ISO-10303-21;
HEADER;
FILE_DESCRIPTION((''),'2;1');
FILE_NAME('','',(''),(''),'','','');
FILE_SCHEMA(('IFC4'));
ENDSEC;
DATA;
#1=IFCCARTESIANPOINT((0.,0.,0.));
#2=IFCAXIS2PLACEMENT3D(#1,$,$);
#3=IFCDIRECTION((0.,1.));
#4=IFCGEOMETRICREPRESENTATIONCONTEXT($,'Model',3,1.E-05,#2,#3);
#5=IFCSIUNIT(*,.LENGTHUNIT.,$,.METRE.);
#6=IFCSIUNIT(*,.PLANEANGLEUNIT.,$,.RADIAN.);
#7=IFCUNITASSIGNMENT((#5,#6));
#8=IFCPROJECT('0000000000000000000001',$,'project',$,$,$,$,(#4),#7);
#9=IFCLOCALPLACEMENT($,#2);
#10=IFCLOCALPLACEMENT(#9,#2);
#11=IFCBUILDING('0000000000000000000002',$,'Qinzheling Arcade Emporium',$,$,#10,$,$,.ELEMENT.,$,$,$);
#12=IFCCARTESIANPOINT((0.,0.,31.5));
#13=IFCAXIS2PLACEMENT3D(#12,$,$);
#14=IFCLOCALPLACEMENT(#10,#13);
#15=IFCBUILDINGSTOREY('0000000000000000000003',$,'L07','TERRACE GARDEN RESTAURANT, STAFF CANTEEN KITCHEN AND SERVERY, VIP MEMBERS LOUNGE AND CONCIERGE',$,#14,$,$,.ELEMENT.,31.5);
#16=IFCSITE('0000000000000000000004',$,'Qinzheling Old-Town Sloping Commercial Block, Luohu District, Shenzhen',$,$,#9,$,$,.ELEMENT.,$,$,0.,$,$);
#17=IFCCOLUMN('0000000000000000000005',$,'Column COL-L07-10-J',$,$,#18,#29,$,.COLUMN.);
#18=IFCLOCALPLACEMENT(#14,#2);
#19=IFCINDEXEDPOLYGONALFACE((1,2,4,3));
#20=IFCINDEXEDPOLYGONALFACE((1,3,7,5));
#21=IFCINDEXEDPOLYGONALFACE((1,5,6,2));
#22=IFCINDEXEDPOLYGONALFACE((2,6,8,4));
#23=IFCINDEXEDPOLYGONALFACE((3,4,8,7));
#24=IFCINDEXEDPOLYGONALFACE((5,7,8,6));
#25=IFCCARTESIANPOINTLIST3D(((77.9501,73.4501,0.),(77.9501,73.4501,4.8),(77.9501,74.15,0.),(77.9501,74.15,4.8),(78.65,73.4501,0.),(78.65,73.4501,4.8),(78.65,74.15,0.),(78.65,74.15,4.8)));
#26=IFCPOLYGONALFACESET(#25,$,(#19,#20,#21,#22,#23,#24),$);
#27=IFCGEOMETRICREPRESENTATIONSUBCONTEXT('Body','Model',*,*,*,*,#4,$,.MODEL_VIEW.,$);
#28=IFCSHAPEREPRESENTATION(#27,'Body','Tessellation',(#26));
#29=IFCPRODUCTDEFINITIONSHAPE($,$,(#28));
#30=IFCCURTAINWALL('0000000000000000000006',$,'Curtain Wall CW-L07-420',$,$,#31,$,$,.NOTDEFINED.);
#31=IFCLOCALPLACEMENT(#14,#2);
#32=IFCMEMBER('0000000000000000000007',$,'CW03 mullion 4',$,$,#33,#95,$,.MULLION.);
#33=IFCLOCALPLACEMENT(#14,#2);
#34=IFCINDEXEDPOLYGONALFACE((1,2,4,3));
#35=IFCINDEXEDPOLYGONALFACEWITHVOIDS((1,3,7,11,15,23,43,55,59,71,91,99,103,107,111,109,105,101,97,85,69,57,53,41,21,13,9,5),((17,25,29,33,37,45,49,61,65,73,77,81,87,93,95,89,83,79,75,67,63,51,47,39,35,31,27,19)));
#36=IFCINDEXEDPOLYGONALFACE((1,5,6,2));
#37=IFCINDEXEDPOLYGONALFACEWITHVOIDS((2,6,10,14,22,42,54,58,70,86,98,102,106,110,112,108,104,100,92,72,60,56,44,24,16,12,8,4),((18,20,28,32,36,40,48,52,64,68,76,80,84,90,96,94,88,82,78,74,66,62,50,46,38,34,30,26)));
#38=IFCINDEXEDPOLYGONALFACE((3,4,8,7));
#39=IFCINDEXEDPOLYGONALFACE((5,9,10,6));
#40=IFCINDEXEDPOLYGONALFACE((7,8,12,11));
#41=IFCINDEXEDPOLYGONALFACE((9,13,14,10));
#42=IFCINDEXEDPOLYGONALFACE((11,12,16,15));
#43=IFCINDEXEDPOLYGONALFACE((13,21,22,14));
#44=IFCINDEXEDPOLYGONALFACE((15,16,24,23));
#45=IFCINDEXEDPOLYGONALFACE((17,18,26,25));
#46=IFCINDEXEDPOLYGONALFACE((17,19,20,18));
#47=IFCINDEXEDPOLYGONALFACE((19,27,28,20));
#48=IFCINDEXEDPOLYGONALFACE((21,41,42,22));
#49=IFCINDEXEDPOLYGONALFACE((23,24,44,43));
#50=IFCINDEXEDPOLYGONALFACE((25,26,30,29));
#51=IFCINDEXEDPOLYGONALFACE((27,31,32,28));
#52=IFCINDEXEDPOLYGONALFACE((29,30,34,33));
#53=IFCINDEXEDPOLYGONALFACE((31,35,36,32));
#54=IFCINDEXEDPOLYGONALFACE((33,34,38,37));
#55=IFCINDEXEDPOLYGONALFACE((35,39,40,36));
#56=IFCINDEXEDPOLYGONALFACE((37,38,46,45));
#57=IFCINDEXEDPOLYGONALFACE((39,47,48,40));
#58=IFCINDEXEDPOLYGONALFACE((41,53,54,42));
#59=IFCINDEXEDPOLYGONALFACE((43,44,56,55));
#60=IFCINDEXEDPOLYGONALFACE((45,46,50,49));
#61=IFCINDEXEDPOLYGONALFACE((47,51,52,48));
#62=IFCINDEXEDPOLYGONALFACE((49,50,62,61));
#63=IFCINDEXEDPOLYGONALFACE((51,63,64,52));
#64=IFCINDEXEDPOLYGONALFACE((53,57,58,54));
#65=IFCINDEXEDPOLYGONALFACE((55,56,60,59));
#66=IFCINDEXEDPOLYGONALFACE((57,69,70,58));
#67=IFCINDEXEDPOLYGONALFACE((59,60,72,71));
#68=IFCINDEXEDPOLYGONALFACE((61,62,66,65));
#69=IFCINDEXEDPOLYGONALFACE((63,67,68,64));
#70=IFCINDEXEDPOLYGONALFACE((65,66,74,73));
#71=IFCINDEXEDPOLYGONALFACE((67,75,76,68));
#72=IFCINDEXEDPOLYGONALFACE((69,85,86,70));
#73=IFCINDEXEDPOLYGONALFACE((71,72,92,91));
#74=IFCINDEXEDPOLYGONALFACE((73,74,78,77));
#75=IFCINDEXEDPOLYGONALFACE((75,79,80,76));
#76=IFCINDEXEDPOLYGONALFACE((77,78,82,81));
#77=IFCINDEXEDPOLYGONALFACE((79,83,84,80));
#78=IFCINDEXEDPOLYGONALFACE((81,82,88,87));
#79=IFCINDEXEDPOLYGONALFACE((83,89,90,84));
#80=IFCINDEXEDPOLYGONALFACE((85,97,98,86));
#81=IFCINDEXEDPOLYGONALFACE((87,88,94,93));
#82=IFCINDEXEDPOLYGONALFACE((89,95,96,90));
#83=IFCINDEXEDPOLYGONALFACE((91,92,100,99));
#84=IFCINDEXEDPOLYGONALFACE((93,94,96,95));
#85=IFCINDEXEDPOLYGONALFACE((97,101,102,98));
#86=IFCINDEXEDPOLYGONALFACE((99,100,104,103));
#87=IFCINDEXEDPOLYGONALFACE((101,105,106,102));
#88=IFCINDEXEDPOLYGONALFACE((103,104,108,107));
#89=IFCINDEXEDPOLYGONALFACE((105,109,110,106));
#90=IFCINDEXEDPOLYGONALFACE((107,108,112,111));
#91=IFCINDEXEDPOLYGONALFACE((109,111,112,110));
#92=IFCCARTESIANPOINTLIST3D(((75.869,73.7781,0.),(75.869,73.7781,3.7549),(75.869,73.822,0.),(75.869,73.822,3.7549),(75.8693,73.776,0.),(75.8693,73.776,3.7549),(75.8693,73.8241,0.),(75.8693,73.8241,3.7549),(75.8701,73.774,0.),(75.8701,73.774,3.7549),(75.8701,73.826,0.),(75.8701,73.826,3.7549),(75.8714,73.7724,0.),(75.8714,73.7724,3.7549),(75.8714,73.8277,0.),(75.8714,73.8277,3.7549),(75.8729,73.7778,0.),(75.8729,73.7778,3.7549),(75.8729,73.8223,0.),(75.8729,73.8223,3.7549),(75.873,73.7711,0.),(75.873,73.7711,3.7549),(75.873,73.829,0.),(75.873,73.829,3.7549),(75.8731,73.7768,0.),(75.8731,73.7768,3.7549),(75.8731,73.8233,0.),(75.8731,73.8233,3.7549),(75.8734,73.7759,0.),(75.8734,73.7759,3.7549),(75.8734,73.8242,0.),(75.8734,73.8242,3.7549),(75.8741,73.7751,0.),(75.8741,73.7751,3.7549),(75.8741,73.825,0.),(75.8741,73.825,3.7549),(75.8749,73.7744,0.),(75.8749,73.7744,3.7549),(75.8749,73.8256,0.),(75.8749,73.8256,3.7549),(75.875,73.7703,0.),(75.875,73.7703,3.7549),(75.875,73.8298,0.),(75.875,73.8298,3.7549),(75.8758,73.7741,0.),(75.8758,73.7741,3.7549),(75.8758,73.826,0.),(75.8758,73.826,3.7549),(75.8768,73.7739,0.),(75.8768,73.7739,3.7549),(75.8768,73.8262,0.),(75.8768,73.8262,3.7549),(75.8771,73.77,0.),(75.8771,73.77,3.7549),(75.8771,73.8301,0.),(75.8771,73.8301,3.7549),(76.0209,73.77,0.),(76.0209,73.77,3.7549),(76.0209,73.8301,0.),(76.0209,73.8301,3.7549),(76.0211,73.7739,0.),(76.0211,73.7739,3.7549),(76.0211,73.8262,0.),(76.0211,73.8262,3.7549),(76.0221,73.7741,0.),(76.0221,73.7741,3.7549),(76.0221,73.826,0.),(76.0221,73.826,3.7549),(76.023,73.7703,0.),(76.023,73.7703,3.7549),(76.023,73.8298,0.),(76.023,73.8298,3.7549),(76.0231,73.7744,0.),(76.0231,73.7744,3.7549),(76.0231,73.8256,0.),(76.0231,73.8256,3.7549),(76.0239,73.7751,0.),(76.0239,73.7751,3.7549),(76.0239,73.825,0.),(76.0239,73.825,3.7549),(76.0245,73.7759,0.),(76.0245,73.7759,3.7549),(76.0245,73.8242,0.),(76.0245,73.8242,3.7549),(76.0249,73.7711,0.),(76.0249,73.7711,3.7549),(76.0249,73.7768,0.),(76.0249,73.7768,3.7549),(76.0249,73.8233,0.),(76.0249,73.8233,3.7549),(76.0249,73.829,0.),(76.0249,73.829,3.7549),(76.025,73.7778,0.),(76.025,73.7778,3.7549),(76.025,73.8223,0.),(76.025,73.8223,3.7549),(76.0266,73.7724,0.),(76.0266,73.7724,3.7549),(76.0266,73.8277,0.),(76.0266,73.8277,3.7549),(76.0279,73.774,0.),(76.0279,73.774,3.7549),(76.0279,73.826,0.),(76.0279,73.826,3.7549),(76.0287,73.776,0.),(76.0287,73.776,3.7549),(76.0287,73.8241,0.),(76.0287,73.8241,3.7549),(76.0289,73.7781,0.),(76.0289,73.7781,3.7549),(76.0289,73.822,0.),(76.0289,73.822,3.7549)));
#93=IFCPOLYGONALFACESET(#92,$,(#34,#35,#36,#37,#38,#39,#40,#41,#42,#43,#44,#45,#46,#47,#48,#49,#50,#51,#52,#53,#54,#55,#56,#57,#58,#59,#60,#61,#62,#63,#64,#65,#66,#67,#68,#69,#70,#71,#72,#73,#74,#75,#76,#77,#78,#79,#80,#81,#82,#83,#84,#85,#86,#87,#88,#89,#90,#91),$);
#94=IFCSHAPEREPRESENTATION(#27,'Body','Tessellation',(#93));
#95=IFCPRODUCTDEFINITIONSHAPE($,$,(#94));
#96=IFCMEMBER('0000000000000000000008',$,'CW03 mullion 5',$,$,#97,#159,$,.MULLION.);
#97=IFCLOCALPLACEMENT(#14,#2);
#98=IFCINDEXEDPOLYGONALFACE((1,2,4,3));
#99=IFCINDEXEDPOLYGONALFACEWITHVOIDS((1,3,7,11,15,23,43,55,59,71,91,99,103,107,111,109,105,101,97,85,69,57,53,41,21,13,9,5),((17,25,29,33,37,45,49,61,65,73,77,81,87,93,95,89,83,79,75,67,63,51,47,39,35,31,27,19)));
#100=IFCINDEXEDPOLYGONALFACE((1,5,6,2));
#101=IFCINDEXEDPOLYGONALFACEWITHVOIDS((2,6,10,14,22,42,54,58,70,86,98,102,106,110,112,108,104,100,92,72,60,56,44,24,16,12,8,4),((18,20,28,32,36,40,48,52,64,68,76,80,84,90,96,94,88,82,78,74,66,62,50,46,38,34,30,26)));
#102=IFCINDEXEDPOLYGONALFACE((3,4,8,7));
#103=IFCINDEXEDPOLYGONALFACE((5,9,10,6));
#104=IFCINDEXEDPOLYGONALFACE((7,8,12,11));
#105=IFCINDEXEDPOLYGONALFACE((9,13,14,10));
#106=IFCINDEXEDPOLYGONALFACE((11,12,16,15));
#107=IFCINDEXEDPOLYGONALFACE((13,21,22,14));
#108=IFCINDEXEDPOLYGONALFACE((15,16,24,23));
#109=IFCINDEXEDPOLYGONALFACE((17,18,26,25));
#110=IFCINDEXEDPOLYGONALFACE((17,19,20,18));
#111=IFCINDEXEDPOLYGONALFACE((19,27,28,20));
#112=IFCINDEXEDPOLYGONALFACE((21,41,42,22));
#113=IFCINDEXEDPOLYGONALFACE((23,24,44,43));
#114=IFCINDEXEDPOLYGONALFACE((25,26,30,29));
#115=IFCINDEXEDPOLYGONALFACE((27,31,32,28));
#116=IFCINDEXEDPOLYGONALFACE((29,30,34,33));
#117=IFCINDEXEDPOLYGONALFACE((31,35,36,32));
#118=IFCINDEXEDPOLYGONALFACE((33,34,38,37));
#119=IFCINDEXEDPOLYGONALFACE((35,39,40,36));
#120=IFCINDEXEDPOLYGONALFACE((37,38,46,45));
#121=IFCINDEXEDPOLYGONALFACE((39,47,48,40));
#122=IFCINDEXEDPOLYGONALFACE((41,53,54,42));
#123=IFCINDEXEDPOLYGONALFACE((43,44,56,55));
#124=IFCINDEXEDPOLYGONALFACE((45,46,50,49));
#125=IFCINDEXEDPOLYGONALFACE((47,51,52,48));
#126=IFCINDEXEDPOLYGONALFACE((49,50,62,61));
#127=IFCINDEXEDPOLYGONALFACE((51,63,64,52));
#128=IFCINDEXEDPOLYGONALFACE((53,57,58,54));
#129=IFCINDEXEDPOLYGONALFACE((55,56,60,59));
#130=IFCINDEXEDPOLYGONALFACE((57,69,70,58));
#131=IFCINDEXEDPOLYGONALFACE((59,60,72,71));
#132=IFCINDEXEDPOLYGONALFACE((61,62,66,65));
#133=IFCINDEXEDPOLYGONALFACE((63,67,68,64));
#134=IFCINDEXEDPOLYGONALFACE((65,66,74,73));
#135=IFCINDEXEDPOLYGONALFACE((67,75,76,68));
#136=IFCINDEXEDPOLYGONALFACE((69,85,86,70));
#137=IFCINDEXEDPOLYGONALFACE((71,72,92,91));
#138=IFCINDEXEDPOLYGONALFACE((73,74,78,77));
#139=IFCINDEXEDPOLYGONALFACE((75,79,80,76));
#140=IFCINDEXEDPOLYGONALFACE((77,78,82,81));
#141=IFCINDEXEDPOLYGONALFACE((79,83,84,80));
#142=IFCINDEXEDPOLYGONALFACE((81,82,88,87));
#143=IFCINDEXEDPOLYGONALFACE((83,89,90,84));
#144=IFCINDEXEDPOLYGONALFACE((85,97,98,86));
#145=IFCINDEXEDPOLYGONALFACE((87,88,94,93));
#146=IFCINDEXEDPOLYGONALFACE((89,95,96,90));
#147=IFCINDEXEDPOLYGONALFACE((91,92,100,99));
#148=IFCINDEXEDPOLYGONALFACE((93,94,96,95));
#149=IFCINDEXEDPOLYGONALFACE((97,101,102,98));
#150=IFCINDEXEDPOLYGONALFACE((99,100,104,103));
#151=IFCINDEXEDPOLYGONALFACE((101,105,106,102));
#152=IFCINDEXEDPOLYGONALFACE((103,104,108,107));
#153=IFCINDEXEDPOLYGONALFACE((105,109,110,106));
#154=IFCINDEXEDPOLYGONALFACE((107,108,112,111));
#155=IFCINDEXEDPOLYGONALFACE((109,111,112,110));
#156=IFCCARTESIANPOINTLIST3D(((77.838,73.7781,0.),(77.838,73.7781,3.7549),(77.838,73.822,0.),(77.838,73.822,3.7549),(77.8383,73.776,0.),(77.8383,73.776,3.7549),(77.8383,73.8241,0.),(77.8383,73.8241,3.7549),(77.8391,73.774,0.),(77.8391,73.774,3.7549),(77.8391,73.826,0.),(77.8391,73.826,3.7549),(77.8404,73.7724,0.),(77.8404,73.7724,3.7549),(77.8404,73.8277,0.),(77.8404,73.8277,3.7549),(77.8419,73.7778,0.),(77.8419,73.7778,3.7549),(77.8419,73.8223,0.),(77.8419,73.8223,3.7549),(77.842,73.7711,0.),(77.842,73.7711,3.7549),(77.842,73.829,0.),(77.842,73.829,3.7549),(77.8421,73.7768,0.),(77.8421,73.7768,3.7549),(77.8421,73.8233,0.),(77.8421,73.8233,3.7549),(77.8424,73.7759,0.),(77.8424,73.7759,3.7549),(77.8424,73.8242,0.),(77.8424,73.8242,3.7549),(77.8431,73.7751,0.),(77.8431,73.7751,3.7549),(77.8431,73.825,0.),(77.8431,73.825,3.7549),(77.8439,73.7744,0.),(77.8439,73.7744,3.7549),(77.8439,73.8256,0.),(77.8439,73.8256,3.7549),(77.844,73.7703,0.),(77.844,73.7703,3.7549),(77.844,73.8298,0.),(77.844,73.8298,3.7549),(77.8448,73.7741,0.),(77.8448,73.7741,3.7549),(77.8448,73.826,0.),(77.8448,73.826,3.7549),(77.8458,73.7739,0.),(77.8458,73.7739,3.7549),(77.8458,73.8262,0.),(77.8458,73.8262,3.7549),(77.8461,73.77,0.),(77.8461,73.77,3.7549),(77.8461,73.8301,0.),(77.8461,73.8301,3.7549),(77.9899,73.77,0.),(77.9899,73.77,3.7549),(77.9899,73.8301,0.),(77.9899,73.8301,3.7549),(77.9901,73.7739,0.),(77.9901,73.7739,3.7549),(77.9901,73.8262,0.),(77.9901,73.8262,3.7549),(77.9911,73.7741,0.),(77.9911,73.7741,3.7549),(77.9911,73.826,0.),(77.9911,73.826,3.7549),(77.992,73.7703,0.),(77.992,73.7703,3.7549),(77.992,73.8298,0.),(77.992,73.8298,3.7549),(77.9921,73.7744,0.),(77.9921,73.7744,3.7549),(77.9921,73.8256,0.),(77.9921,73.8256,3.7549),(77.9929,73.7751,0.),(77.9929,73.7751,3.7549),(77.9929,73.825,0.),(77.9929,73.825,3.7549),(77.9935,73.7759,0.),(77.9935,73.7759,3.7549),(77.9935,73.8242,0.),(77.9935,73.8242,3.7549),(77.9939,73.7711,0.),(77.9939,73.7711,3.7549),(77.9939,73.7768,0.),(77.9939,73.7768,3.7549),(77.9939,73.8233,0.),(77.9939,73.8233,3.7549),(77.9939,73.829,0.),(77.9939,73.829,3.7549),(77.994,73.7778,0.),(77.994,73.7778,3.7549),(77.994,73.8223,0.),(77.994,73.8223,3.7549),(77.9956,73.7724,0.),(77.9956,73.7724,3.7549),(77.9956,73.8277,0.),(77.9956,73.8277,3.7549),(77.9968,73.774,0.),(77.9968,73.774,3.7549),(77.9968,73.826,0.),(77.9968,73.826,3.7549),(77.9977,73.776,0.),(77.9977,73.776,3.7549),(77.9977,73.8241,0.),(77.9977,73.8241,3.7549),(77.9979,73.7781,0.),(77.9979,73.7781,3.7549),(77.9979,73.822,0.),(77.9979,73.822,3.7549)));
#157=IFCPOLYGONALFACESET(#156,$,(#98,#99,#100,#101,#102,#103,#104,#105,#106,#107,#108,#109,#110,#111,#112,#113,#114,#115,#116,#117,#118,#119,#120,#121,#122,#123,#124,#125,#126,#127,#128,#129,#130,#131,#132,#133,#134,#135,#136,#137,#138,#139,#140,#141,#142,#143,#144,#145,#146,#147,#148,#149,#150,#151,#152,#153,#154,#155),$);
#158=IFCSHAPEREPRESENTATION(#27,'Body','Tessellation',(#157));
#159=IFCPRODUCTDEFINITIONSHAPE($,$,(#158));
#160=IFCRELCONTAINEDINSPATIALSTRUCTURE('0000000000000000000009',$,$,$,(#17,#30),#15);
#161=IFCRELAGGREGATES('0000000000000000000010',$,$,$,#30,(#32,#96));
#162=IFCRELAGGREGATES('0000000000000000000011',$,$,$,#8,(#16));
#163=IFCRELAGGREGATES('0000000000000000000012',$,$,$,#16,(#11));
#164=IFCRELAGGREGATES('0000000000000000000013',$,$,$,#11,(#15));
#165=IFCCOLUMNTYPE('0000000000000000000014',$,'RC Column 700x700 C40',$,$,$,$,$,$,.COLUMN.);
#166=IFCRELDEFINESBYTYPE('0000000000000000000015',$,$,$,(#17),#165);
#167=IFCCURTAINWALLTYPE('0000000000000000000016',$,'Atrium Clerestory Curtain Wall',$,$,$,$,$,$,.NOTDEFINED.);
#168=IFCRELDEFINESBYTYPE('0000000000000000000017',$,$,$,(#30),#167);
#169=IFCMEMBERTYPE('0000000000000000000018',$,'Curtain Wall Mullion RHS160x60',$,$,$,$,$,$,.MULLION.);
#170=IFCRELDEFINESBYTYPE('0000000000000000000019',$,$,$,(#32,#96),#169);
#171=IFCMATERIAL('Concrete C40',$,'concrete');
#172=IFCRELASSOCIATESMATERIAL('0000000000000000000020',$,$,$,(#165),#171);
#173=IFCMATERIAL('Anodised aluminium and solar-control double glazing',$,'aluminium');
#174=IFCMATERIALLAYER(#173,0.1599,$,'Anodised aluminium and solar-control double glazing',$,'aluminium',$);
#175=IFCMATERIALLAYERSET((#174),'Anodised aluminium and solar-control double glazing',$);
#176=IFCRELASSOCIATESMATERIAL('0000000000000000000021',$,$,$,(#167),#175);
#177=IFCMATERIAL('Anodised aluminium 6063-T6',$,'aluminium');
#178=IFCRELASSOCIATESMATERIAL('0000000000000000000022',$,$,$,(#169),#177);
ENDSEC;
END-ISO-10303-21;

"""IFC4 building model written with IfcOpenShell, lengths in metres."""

from ifc_helpers import new_model, si_unit, direction, frame, origin, origin_2d, place, context, subcontext, project, spatial, rectangle, hollow_rectangle, extrude, material, layer, layer_set, material_profile, profile_set, type_object, element, aggregate, save


model = new_model("IFC4")

# Units and contexts
model_context = context("Model", 3, precision=1e-05, world=origin(), true_north=direction((0.0, 1.0)))
body_context = subcontext(model_context, "Body", "Model", "MODEL_VIEW")
ifc_project = project(units=[si_unit("LENGTHUNIT", "METRE"), si_unit("PLANEANGLEUNIT", "RADIAN")], contexts=[model_context])

# Site, building, storey
site_placement = place(None, origin())
site = spatial("IfcSite", under=ifc_project, at=site_placement, Name="Qinzheling Old-Town Sloping Commercial Block, Luohu District, Shenzhen", CompositionType="ELEMENT", RefElevation=0.0)
building_placement = place(site_placement, origin())
building = spatial("IfcBuilding", under=site, at=building_placement, Name="Qinzheling Arcade Emporium", CompositionType="ELEMENT")
storey_placement = place(building_placement, frame((0.0, 0.0, 31.5)))
storey = spatial("IfcBuildingStorey", under=building, at=storey_placement, Name="L07", Description="TERRACE GARDEN RESTAURANT, STAFF CANTEEN KITCHEN AND SERVERY, VIP MEMBERS LOUNGE AND CONCIERGE", CompositionType="ELEMENT", Elevation=31.5)

# Column
ifc_material_1 = material(Name="Concrete C40", Category="concrete")
ifc_material_profile_1 = material_profile(ifc_material_1, rectangle(XDim=0.7, YDim=0.7, at=origin_2d()), Name="RC 700x700", Category="concrete")
ifc_profile_set_1 = profile_set([ifc_material_profile_1], Name="Concrete C40")
column_type = type_object("IfcColumnType", Name="RC Column 700x700 C40", PredefinedType="COLUMN", material=ifc_profile_set_1)
column_placement = place(storey_placement, frame((78.3, 73.8, 0.0), z_axis=(0.0, 0.0, 1.0), x_axis=(1.0, 0.0, 0.0)))
element("IfcColumn", 1, at=column_placement, inside=storey, type_object=column_type, Name="Column COL-L07-10-J", PredefinedType="COLUMN", context=body_context, shape_type="SweptSolid", body=[
    extrude(rectangle(XDim=0.7, YDim=0.7, at=origin_2d()), origin(), (0.0, 0.0, 1.0), 4.8),
])

# Curtain wall, members
ifc_material_2 = material(Name="Anodised aluminium and solar-control double glazing", Category="aluminium")
ifc_layer_1 = layer(ifc_material_2, 0.1599, Name="Anodised aluminium and solar-control double glazing", Category="aluminium")
ifc_layer_set_1 = layer_set([ifc_layer_1], Name="Anodised aluminium and solar-control double glazing")
curtain_wall_type = type_object("IfcCurtainWallType", Name="Atrium Clerestory Curtain Wall", PredefinedType="NOTDEFINED", material=ifc_layer_set_1)
curtain_wall_1_placement = place(storey_placement, origin())
curtain_wall_1 = element("IfcCurtainWall", 2, at=curtain_wall_1_placement, inside=storey, type_object=curtain_wall_type, Name="Curtain Wall CW-L07-420", PredefinedType="NOTDEFINED")
ifc_material_3 = material(Name="Anodised aluminium 6063-T6", Category="aluminium")
ifc_material_profile_2 = material_profile(ifc_material_3, hollow_rectangle(XDim=0.0601, YDim=0.1599, WallThickness=0.0039, InnerFilletRadius=0.0039, OuterFilletRadius=0.0081, at=origin_2d()), Name="RHS 160x60x4", Category="aluminium")
ifc_profile_set_2 = profile_set([ifc_material_profile_2], Name="Anodised aluminium 6063-T6")
member_type_1 = type_object("IfcMemberType", Name="Curtain Wall Mullion RHS160x60", PredefinedType="MULLION", material=ifc_profile_set_2)
member_1_placement = place(storey_placement, frame((75.949, 73.8, 0.0), z_axis=(0.0, 0.0, 1.0), x_axis=(0.0, 1.0, 0.0)))
member_1 = element("IfcMember", 3, at=member_1_placement, type_object=member_type_1, Name="CW03 mullion 4", PredefinedType="MULLION", context=body_context, shape_type="SweptSolid", body=[
    extrude(hollow_rectangle(XDim=0.0601, YDim=0.1599, WallThickness=0.0039, InnerFilletRadius=0.0039, OuterFilletRadius=0.0081, at=origin_2d()), origin(), (0.0, 0.0, 1.0), 3.7549),
])
member_2_placement = place(storey_placement, frame((77.918, 73.8, 0.0), z_axis=(0.0, 0.0, 1.0), x_axis=(0.0, 1.0, 0.0)))
member_2 = element("IfcMember", 4, at=member_2_placement, type_object=member_type_1, Name="CW03 mullion 5", PredefinedType="MULLION", context=body_context, shape_type="SweptSolid", body=[
    extrude(hollow_rectangle(XDim=0.0601, YDim=0.1599, WallThickness=0.0039, InnerFilletRadius=0.0039, OuterFilletRadius=0.0081, at=origin_2d()), origin(), (0.0, 0.0, 1.0), 3.7549),
])

aggregate(curtain_wall_1, [member_1, member_2])

save(model, "model.ifc")
